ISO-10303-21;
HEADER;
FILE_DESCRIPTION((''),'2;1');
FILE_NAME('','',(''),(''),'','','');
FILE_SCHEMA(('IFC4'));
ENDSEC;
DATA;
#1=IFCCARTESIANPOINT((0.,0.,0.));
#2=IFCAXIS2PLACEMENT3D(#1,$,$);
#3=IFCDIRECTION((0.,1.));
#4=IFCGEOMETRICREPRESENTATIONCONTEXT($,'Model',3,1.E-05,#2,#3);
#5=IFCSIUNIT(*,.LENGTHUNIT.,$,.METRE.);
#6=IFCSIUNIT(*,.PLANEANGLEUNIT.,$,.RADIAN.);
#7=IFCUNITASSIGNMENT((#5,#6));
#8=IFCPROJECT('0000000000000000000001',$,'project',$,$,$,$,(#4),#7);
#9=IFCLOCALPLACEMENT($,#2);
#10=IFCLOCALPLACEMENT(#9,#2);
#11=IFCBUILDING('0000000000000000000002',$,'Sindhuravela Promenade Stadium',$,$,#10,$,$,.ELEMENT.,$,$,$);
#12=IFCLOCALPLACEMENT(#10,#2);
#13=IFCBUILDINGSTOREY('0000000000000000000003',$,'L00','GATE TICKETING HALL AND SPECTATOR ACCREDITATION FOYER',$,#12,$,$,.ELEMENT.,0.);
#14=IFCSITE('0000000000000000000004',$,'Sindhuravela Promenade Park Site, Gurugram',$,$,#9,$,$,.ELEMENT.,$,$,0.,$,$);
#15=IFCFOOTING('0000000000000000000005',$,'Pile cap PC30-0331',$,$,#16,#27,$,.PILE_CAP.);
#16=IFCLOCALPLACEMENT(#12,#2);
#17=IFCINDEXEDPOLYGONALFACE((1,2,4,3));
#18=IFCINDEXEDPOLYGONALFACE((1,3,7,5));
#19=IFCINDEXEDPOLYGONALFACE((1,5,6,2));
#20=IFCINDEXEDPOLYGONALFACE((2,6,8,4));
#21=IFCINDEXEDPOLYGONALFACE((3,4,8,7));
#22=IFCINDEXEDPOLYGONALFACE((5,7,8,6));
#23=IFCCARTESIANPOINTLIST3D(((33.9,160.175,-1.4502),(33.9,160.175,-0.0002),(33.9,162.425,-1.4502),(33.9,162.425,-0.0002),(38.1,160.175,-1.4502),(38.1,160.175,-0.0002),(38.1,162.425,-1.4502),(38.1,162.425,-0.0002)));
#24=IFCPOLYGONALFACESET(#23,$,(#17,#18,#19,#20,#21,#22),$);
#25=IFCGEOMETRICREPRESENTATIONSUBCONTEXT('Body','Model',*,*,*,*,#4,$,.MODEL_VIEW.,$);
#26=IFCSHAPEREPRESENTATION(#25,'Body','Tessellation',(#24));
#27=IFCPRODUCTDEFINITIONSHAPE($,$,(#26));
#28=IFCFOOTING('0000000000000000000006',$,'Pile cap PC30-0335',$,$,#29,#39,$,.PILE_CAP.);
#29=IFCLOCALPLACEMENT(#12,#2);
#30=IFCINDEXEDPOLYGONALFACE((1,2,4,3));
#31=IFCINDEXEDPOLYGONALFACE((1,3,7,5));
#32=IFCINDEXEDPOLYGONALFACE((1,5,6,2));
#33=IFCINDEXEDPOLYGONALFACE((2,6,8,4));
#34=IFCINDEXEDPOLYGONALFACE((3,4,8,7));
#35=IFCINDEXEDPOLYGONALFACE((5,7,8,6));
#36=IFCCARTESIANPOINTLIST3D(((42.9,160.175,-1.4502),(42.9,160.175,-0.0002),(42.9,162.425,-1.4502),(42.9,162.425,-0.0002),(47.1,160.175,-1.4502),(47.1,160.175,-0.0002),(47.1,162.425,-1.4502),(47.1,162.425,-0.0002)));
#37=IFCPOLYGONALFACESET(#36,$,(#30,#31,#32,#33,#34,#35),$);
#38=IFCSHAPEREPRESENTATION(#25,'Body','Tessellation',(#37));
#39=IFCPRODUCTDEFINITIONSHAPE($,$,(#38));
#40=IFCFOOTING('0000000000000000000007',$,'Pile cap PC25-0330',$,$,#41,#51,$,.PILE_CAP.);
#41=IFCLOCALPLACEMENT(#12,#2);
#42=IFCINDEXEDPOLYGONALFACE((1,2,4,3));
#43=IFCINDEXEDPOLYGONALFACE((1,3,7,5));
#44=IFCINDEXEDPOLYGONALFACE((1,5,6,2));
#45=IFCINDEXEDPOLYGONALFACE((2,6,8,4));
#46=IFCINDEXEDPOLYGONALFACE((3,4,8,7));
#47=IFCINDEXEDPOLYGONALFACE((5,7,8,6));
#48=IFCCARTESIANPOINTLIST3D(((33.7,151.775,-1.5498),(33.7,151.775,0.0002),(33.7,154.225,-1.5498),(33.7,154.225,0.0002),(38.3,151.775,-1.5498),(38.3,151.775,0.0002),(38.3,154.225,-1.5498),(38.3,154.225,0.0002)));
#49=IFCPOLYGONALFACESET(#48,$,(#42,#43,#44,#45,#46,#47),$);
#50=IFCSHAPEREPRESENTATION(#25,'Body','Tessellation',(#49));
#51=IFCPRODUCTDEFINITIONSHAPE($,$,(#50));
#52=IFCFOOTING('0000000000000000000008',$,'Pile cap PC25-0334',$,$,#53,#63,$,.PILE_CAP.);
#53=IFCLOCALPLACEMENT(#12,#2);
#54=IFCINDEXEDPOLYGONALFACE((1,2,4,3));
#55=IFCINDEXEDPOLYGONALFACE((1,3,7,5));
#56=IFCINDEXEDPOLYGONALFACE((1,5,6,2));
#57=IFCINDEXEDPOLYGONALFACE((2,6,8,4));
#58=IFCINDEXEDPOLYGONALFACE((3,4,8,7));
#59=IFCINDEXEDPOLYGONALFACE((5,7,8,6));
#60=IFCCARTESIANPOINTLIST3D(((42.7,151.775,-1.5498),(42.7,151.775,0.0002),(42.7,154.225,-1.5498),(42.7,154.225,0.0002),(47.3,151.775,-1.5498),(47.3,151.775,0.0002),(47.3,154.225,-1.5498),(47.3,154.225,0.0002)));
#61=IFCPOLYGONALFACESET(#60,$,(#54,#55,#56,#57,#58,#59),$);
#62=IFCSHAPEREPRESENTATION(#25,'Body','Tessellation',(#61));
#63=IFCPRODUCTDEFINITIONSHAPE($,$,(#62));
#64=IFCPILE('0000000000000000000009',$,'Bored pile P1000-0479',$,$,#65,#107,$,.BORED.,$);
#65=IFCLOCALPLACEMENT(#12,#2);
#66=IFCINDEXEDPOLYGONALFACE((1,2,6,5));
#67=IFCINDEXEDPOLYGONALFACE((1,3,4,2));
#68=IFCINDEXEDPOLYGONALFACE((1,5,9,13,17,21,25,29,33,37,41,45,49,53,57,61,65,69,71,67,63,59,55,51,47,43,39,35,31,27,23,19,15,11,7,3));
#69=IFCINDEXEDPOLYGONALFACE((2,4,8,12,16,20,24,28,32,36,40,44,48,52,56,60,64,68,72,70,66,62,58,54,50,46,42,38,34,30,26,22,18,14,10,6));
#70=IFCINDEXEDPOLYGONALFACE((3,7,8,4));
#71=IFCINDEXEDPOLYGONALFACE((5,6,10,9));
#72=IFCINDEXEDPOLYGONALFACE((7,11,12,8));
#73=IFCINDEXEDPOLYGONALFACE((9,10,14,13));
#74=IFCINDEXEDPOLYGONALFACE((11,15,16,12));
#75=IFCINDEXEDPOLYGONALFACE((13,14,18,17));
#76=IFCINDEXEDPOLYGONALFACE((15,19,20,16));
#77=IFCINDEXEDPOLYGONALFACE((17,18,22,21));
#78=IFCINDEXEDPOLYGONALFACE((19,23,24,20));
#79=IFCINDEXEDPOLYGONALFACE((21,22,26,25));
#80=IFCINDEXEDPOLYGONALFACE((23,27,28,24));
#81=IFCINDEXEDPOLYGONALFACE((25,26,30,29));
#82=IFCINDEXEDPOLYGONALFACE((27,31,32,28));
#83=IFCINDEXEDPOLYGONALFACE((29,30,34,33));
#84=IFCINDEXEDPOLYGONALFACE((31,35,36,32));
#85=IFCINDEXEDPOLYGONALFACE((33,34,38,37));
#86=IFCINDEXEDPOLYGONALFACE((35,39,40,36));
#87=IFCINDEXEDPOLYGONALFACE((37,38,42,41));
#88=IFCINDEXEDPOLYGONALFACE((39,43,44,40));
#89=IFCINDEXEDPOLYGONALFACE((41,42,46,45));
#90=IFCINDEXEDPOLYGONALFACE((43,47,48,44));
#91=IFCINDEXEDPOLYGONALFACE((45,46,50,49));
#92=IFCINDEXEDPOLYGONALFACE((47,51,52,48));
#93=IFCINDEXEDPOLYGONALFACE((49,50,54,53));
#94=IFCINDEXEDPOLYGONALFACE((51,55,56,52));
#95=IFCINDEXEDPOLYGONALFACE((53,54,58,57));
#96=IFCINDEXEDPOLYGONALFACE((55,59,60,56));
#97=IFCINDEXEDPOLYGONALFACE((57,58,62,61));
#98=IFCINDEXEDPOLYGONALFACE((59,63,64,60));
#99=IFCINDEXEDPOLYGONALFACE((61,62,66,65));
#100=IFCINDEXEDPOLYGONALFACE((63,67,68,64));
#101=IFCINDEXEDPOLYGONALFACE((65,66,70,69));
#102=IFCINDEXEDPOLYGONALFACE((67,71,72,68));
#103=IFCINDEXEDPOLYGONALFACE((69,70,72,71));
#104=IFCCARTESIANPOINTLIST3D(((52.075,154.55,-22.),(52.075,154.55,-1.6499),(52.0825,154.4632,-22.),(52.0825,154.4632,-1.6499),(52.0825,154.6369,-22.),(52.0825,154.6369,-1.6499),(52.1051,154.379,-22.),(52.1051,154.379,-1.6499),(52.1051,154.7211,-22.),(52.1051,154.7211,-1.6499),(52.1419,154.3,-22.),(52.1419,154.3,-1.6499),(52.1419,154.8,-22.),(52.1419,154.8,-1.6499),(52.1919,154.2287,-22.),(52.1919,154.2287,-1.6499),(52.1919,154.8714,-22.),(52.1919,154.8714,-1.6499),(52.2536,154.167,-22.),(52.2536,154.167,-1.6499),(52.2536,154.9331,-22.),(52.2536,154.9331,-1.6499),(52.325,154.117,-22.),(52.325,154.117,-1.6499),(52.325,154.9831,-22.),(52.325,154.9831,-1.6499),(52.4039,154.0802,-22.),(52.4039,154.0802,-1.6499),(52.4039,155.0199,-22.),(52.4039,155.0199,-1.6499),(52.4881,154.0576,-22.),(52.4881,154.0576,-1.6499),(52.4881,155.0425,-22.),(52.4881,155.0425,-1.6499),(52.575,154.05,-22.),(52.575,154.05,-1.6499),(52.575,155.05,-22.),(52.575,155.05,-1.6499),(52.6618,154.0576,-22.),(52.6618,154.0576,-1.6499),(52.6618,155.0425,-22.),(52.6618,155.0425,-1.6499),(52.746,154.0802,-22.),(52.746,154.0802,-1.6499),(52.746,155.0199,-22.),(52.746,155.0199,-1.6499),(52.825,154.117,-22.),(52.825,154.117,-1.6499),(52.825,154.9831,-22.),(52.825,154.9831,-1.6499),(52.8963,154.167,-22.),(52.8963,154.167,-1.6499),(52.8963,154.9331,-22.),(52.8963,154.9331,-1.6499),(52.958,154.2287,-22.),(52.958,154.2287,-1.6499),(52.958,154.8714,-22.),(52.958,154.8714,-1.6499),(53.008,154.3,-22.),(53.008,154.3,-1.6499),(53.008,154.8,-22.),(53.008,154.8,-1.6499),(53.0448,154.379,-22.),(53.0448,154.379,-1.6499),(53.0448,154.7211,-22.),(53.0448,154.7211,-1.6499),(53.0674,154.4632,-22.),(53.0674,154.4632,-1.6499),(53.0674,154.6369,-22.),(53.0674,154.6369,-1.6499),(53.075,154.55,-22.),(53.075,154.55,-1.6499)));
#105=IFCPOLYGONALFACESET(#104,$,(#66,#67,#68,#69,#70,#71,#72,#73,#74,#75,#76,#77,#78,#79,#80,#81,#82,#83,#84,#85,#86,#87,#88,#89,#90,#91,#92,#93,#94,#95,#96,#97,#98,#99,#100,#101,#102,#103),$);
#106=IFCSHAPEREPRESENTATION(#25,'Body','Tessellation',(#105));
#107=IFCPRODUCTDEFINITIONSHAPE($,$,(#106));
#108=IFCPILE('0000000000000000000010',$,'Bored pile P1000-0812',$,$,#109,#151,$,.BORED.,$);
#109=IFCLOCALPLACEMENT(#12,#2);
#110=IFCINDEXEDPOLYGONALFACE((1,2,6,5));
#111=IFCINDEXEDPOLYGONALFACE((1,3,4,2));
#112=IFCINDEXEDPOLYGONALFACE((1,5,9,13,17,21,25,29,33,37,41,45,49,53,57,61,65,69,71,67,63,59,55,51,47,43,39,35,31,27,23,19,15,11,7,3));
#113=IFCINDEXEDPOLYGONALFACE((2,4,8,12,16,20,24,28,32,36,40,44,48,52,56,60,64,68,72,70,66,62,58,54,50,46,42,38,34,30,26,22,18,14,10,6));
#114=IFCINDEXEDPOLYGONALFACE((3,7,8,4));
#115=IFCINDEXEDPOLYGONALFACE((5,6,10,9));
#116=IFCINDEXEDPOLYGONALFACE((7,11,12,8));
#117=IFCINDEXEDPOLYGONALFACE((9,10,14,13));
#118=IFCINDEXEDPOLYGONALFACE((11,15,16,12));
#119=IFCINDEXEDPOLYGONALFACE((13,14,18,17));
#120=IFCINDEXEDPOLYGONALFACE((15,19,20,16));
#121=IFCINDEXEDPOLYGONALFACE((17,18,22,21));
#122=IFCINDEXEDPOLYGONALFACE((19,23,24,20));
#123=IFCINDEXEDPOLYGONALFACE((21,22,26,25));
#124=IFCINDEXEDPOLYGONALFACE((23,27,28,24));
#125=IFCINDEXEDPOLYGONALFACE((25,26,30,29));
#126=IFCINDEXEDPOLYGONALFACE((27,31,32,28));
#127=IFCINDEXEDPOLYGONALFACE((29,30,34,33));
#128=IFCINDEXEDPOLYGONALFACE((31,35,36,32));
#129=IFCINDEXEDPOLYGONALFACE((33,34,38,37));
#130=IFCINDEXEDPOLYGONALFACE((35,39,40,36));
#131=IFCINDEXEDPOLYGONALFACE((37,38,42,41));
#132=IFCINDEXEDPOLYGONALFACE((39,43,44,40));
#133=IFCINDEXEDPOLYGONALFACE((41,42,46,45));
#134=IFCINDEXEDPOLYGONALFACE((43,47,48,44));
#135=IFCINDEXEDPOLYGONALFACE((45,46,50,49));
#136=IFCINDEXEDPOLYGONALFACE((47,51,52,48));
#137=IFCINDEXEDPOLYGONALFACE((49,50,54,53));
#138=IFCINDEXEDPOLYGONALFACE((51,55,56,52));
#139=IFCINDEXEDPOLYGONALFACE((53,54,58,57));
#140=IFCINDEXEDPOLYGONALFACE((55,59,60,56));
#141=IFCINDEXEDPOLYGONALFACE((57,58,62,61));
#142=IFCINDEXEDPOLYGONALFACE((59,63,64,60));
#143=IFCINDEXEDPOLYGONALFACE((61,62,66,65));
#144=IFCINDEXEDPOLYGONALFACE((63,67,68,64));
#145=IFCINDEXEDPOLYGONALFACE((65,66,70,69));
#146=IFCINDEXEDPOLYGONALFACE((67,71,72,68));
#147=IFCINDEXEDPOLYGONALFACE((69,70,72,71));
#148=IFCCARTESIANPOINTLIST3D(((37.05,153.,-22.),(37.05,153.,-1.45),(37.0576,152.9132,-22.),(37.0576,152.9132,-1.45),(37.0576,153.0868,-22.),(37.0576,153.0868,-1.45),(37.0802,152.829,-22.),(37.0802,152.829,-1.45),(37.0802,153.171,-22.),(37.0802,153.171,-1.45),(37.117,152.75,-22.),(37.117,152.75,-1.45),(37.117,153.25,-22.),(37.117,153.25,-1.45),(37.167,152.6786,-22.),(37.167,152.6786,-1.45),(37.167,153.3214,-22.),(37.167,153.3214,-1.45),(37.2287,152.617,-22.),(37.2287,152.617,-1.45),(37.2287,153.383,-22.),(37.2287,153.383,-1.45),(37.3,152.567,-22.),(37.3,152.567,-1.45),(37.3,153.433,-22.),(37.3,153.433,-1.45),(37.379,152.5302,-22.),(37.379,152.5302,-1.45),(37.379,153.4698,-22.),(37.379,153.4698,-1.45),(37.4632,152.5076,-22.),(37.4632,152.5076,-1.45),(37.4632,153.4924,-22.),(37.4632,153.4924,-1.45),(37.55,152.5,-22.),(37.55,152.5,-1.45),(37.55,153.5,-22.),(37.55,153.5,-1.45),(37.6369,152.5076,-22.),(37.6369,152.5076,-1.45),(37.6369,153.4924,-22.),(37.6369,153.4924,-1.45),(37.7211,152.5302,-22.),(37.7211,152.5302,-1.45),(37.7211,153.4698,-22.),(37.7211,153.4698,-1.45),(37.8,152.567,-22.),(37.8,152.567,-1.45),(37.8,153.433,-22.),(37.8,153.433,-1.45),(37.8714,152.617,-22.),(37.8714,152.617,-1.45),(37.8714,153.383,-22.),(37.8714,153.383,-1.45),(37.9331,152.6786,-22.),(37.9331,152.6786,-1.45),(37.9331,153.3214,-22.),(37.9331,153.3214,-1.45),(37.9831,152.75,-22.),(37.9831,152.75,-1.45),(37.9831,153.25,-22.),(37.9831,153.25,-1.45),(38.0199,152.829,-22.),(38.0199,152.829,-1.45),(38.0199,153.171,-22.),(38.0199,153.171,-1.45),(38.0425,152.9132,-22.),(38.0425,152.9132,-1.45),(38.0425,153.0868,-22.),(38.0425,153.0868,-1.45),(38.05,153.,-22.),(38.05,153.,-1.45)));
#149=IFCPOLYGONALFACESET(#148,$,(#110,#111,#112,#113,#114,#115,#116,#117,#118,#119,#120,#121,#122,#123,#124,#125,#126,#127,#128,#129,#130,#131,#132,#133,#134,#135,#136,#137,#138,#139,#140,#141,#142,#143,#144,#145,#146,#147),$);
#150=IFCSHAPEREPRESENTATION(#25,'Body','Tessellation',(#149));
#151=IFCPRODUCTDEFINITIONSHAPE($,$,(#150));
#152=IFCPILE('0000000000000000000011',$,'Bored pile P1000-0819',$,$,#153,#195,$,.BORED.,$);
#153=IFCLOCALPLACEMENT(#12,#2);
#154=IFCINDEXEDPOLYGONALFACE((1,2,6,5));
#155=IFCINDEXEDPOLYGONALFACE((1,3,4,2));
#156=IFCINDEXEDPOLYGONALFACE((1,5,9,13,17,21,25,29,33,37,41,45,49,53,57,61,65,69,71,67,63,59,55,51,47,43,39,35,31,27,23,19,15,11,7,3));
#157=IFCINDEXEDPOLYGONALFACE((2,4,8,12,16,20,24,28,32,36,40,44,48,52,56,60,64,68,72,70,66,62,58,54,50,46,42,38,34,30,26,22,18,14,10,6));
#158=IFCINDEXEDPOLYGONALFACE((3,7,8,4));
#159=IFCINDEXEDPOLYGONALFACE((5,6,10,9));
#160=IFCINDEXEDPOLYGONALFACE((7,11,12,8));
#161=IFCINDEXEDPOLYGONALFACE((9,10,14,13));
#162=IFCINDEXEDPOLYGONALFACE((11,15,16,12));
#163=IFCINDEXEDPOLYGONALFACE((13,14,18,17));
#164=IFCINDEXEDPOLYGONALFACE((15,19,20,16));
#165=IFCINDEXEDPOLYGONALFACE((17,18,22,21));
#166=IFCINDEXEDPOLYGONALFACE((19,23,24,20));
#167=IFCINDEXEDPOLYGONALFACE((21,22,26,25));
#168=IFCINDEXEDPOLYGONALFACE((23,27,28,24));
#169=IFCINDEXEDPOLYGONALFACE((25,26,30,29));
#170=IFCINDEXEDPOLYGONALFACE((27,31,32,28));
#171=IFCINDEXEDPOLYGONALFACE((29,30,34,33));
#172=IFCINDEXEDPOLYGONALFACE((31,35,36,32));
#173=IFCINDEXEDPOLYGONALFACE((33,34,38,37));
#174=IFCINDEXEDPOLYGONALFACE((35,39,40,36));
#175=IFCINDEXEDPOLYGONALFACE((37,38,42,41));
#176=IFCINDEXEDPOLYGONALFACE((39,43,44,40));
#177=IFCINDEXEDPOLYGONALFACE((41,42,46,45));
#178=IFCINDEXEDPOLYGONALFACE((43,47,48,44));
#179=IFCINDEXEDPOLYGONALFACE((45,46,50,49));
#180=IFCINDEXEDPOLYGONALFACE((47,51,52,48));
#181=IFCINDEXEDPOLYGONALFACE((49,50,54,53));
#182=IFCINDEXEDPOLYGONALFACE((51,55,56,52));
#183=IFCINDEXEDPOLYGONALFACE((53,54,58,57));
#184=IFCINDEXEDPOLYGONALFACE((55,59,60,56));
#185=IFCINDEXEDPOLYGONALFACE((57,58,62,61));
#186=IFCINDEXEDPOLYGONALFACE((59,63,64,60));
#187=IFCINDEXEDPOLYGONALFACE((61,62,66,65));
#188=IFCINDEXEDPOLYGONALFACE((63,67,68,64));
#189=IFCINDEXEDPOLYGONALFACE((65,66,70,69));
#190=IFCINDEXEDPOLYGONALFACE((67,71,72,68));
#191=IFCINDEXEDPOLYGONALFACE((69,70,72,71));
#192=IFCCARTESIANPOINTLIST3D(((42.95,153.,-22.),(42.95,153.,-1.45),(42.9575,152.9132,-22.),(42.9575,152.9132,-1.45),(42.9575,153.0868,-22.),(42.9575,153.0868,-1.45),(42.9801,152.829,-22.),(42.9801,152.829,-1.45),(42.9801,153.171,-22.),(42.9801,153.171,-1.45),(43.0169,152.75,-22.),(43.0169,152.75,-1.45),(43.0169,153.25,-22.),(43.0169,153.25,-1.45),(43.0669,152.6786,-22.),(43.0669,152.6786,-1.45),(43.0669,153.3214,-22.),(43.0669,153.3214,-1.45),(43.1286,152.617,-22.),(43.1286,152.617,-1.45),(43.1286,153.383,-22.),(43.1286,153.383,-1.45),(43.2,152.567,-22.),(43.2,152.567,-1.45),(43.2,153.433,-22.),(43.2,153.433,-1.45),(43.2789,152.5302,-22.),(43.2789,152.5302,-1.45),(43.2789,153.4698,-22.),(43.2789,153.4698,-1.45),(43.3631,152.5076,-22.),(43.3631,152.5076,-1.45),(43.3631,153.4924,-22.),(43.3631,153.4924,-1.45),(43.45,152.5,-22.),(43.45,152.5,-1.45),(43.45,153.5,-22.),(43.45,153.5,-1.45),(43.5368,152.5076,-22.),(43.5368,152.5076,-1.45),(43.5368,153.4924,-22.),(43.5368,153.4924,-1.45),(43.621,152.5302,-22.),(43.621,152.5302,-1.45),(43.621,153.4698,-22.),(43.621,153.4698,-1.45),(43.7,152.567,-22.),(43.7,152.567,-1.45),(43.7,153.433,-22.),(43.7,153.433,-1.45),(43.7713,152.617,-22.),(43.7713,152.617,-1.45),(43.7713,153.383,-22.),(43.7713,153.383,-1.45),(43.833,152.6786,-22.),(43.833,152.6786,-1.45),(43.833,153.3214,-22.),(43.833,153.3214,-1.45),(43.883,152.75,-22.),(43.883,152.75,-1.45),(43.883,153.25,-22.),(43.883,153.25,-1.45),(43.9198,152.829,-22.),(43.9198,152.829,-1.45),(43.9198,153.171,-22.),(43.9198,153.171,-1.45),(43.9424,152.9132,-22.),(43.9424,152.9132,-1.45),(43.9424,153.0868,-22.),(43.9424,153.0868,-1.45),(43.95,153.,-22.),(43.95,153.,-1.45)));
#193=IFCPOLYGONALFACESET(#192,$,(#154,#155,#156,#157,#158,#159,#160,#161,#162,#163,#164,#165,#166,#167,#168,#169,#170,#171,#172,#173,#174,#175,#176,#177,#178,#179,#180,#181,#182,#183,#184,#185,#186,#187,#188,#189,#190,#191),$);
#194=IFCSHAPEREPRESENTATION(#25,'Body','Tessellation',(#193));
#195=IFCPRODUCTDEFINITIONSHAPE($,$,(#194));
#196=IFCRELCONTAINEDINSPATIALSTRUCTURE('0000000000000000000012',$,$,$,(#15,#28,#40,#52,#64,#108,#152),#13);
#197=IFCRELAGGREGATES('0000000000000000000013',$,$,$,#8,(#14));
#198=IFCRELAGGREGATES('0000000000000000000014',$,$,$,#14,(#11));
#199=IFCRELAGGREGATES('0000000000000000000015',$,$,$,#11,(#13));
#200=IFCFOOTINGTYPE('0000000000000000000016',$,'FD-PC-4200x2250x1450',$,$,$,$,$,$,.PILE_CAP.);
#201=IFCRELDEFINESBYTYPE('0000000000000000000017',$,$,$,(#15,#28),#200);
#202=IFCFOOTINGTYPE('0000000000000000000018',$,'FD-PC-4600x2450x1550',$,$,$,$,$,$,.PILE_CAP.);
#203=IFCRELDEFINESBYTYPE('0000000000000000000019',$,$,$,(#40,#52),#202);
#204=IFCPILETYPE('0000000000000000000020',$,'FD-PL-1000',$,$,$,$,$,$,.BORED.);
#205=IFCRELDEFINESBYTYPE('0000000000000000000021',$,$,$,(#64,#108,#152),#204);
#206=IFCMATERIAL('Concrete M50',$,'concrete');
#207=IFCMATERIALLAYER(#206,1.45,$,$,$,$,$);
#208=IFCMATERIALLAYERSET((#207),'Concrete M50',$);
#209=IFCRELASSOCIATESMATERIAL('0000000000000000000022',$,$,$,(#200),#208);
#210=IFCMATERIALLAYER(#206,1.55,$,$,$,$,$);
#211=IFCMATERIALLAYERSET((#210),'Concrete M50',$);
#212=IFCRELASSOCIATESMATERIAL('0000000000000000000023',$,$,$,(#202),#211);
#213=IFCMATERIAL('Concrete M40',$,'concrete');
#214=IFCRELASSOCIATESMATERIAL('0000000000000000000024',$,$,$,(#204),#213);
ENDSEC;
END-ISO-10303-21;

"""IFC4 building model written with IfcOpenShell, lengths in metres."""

from ifc_helpers import new_model, si_unit, direction, frame, origin, origin_2d, place, context, subcontext, project, spatial, rectangle, circle, extrude, material, layer, layer_set, material_profile, profile_set, type_object, element, save


model = new_model("IFC4")

# Units and contexts
model_context = context("Model", 3, precision=1e-05, world=origin(), true_north=direction((0.0, 1.0)))
body_context = subcontext(model_context, "Body", "Model", "MODEL_VIEW")
ifc_project = project(units=[si_unit("LENGTHUNIT", "METRE"), si_unit("PLANEANGLEUNIT", "RADIAN")], contexts=[model_context])

# Site, building, storey
site_placement = place(None, origin())
site = spatial("IfcSite", under=ifc_project, at=site_placement, Name="Sindhuravela Promenade Park Site, Gurugram", CompositionType="ELEMENT", RefElevation=0.0)
building_placement = place(site_placement, origin())
building = spatial("IfcBuilding", under=site, at=building_placement, Name="Sindhuravela Promenade Stadium", CompositionType="ELEMENT")
storey_placement = place(building_placement, origin())
storey = spatial("IfcBuildingStorey", under=building, at=storey_placement, Name="L00", Description="GATE TICKETING HALL AND SPECTATOR ACCREDITATION FOYER", CompositionType="ELEMENT", Elevation=0.0)

# Footings
ifc_material_1 = material(Name="Concrete M50", Category="concrete")
ifc_layer_1 = layer(ifc_material_1, 1.45)
ifc_layer_set_1 = layer_set([ifc_layer_1], Name="Concrete M50")
footing_type_1 = type_object("IfcFootingType", Name="FD-PC-4200x2250x1450", PredefinedType="PILE_CAP", material=ifc_layer_set_1)
for number, where, z_axis, x_axis, name in (
    (1, (36.0, 161.3, -1.4502), (0.0, 0.0, 1.0), (1.0, 0.0, 0.0), "Pile cap PC30-0331"),
    (2, (45.0, 161.3, -1.4502), (0.0, 0.0, 1.0), (1.0, 0.0, 0.0), "Pile cap PC30-0335"),
):
    element("IfcFooting", number, at=place(storey_placement, frame(where, z_axis=z_axis, x_axis=x_axis)), inside=storey, type_object=footing_type_1, Name=name, PredefinedType="PILE_CAP", context=body_context, shape_type="SweptSolid", body=[
        extrude(rectangle(XDim=4.2, YDim=2.25, at=origin_2d()), origin(), (0.0, 0.0, 1.0), 1.45),
    ])
ifc_layer_2 = layer(ifc_material_1, 1.55)
ifc_layer_set_2 = layer_set([ifc_layer_2], Name="Concrete M50")
footing_type_2 = type_object("IfcFootingType", Name="FD-PC-4600x2450x1550", PredefinedType="PILE_CAP", material=ifc_layer_set_2)
for number, where, z_axis, x_axis, name in (
    (3, (36.0, 153.0, -1.5498), (0.0, 0.0, 1.0), (1.0, 0.0, 0.0), "Pile cap PC25-0330"),
    (4, (45.0, 153.0, -1.5498), (0.0, 0.0, 1.0), (1.0, 0.0, 0.0), "Pile cap PC25-0334"),
):
    element("IfcFooting", number, at=place(storey_placement, frame(where, z_axis=z_axis, x_axis=x_axis)), inside=storey, type_object=footing_type_2, Name=name, PredefinedType="PILE_CAP", context=body_context, shape_type="SweptSolid", body=[
        extrude(rectangle(XDim=4.6001, YDim=2.45, at=origin_2d()), origin(), (0.0, 0.0, 1.0), 1.55),
    ])

# Piles
ifc_material_2 = material(Name="Concrete M40", Category="concrete")
ifc_material_profile_1 = material_profile(ifc_material_2, circle(Radius=0.5, at=origin_2d()), Name="BORED PILE D1000")
ifc_profile_set_1 = profile_set([ifc_material_profile_1], Name="Concrete M40")
pile_type_1 = type_object("IfcPileType", Name="FD-PL-1000", PredefinedType="BORED", material=ifc_profile_set_1)
pile_placement = place(storey_placement, frame((52.575, 154.55, -1.6499), z_axis=(0.0, 0.0, -1.0), x_axis=(1.0, 0.0, 0.0)))
element("IfcPile", 5, at=pile_placement, inside=storey, type_object=pile_type_1, Name="Bored pile P1000-0479", PredefinedType="BORED", context=body_context, shape_type="SweptSolid", body=[
    extrude(circle(Radius=0.5, at=origin_2d()), origin(), (0.0, 0.0, 1.0), 20.3501),
])
for number, where, z_axis, x_axis, name in (
    (6, (37.55, 153.0, -1.45), (0.0, 0.0, -1.0), (1.0, 0.0, 0.0), "Bored pile P1000-0812"),
    (7, (43.45, 153.0, -1.45), (0.0, 0.0, -1.0), (1.0, 0.0, 0.0), "Bored pile P1000-0819"),
):
    element("IfcPile", number, at=place(storey_placement, frame(where, z_axis=z_axis, x_axis=x_axis)), inside=storey, type_object=pile_type_1, Name=name, PredefinedType="BORED", context=body_context, shape_type="SweptSolid", body=[
        extrude(circle(Radius=0.5, at=origin_2d()), origin(), (0.0, 0.0, 1.0), 20.55),
    ])

save(model, "model.ifc")
